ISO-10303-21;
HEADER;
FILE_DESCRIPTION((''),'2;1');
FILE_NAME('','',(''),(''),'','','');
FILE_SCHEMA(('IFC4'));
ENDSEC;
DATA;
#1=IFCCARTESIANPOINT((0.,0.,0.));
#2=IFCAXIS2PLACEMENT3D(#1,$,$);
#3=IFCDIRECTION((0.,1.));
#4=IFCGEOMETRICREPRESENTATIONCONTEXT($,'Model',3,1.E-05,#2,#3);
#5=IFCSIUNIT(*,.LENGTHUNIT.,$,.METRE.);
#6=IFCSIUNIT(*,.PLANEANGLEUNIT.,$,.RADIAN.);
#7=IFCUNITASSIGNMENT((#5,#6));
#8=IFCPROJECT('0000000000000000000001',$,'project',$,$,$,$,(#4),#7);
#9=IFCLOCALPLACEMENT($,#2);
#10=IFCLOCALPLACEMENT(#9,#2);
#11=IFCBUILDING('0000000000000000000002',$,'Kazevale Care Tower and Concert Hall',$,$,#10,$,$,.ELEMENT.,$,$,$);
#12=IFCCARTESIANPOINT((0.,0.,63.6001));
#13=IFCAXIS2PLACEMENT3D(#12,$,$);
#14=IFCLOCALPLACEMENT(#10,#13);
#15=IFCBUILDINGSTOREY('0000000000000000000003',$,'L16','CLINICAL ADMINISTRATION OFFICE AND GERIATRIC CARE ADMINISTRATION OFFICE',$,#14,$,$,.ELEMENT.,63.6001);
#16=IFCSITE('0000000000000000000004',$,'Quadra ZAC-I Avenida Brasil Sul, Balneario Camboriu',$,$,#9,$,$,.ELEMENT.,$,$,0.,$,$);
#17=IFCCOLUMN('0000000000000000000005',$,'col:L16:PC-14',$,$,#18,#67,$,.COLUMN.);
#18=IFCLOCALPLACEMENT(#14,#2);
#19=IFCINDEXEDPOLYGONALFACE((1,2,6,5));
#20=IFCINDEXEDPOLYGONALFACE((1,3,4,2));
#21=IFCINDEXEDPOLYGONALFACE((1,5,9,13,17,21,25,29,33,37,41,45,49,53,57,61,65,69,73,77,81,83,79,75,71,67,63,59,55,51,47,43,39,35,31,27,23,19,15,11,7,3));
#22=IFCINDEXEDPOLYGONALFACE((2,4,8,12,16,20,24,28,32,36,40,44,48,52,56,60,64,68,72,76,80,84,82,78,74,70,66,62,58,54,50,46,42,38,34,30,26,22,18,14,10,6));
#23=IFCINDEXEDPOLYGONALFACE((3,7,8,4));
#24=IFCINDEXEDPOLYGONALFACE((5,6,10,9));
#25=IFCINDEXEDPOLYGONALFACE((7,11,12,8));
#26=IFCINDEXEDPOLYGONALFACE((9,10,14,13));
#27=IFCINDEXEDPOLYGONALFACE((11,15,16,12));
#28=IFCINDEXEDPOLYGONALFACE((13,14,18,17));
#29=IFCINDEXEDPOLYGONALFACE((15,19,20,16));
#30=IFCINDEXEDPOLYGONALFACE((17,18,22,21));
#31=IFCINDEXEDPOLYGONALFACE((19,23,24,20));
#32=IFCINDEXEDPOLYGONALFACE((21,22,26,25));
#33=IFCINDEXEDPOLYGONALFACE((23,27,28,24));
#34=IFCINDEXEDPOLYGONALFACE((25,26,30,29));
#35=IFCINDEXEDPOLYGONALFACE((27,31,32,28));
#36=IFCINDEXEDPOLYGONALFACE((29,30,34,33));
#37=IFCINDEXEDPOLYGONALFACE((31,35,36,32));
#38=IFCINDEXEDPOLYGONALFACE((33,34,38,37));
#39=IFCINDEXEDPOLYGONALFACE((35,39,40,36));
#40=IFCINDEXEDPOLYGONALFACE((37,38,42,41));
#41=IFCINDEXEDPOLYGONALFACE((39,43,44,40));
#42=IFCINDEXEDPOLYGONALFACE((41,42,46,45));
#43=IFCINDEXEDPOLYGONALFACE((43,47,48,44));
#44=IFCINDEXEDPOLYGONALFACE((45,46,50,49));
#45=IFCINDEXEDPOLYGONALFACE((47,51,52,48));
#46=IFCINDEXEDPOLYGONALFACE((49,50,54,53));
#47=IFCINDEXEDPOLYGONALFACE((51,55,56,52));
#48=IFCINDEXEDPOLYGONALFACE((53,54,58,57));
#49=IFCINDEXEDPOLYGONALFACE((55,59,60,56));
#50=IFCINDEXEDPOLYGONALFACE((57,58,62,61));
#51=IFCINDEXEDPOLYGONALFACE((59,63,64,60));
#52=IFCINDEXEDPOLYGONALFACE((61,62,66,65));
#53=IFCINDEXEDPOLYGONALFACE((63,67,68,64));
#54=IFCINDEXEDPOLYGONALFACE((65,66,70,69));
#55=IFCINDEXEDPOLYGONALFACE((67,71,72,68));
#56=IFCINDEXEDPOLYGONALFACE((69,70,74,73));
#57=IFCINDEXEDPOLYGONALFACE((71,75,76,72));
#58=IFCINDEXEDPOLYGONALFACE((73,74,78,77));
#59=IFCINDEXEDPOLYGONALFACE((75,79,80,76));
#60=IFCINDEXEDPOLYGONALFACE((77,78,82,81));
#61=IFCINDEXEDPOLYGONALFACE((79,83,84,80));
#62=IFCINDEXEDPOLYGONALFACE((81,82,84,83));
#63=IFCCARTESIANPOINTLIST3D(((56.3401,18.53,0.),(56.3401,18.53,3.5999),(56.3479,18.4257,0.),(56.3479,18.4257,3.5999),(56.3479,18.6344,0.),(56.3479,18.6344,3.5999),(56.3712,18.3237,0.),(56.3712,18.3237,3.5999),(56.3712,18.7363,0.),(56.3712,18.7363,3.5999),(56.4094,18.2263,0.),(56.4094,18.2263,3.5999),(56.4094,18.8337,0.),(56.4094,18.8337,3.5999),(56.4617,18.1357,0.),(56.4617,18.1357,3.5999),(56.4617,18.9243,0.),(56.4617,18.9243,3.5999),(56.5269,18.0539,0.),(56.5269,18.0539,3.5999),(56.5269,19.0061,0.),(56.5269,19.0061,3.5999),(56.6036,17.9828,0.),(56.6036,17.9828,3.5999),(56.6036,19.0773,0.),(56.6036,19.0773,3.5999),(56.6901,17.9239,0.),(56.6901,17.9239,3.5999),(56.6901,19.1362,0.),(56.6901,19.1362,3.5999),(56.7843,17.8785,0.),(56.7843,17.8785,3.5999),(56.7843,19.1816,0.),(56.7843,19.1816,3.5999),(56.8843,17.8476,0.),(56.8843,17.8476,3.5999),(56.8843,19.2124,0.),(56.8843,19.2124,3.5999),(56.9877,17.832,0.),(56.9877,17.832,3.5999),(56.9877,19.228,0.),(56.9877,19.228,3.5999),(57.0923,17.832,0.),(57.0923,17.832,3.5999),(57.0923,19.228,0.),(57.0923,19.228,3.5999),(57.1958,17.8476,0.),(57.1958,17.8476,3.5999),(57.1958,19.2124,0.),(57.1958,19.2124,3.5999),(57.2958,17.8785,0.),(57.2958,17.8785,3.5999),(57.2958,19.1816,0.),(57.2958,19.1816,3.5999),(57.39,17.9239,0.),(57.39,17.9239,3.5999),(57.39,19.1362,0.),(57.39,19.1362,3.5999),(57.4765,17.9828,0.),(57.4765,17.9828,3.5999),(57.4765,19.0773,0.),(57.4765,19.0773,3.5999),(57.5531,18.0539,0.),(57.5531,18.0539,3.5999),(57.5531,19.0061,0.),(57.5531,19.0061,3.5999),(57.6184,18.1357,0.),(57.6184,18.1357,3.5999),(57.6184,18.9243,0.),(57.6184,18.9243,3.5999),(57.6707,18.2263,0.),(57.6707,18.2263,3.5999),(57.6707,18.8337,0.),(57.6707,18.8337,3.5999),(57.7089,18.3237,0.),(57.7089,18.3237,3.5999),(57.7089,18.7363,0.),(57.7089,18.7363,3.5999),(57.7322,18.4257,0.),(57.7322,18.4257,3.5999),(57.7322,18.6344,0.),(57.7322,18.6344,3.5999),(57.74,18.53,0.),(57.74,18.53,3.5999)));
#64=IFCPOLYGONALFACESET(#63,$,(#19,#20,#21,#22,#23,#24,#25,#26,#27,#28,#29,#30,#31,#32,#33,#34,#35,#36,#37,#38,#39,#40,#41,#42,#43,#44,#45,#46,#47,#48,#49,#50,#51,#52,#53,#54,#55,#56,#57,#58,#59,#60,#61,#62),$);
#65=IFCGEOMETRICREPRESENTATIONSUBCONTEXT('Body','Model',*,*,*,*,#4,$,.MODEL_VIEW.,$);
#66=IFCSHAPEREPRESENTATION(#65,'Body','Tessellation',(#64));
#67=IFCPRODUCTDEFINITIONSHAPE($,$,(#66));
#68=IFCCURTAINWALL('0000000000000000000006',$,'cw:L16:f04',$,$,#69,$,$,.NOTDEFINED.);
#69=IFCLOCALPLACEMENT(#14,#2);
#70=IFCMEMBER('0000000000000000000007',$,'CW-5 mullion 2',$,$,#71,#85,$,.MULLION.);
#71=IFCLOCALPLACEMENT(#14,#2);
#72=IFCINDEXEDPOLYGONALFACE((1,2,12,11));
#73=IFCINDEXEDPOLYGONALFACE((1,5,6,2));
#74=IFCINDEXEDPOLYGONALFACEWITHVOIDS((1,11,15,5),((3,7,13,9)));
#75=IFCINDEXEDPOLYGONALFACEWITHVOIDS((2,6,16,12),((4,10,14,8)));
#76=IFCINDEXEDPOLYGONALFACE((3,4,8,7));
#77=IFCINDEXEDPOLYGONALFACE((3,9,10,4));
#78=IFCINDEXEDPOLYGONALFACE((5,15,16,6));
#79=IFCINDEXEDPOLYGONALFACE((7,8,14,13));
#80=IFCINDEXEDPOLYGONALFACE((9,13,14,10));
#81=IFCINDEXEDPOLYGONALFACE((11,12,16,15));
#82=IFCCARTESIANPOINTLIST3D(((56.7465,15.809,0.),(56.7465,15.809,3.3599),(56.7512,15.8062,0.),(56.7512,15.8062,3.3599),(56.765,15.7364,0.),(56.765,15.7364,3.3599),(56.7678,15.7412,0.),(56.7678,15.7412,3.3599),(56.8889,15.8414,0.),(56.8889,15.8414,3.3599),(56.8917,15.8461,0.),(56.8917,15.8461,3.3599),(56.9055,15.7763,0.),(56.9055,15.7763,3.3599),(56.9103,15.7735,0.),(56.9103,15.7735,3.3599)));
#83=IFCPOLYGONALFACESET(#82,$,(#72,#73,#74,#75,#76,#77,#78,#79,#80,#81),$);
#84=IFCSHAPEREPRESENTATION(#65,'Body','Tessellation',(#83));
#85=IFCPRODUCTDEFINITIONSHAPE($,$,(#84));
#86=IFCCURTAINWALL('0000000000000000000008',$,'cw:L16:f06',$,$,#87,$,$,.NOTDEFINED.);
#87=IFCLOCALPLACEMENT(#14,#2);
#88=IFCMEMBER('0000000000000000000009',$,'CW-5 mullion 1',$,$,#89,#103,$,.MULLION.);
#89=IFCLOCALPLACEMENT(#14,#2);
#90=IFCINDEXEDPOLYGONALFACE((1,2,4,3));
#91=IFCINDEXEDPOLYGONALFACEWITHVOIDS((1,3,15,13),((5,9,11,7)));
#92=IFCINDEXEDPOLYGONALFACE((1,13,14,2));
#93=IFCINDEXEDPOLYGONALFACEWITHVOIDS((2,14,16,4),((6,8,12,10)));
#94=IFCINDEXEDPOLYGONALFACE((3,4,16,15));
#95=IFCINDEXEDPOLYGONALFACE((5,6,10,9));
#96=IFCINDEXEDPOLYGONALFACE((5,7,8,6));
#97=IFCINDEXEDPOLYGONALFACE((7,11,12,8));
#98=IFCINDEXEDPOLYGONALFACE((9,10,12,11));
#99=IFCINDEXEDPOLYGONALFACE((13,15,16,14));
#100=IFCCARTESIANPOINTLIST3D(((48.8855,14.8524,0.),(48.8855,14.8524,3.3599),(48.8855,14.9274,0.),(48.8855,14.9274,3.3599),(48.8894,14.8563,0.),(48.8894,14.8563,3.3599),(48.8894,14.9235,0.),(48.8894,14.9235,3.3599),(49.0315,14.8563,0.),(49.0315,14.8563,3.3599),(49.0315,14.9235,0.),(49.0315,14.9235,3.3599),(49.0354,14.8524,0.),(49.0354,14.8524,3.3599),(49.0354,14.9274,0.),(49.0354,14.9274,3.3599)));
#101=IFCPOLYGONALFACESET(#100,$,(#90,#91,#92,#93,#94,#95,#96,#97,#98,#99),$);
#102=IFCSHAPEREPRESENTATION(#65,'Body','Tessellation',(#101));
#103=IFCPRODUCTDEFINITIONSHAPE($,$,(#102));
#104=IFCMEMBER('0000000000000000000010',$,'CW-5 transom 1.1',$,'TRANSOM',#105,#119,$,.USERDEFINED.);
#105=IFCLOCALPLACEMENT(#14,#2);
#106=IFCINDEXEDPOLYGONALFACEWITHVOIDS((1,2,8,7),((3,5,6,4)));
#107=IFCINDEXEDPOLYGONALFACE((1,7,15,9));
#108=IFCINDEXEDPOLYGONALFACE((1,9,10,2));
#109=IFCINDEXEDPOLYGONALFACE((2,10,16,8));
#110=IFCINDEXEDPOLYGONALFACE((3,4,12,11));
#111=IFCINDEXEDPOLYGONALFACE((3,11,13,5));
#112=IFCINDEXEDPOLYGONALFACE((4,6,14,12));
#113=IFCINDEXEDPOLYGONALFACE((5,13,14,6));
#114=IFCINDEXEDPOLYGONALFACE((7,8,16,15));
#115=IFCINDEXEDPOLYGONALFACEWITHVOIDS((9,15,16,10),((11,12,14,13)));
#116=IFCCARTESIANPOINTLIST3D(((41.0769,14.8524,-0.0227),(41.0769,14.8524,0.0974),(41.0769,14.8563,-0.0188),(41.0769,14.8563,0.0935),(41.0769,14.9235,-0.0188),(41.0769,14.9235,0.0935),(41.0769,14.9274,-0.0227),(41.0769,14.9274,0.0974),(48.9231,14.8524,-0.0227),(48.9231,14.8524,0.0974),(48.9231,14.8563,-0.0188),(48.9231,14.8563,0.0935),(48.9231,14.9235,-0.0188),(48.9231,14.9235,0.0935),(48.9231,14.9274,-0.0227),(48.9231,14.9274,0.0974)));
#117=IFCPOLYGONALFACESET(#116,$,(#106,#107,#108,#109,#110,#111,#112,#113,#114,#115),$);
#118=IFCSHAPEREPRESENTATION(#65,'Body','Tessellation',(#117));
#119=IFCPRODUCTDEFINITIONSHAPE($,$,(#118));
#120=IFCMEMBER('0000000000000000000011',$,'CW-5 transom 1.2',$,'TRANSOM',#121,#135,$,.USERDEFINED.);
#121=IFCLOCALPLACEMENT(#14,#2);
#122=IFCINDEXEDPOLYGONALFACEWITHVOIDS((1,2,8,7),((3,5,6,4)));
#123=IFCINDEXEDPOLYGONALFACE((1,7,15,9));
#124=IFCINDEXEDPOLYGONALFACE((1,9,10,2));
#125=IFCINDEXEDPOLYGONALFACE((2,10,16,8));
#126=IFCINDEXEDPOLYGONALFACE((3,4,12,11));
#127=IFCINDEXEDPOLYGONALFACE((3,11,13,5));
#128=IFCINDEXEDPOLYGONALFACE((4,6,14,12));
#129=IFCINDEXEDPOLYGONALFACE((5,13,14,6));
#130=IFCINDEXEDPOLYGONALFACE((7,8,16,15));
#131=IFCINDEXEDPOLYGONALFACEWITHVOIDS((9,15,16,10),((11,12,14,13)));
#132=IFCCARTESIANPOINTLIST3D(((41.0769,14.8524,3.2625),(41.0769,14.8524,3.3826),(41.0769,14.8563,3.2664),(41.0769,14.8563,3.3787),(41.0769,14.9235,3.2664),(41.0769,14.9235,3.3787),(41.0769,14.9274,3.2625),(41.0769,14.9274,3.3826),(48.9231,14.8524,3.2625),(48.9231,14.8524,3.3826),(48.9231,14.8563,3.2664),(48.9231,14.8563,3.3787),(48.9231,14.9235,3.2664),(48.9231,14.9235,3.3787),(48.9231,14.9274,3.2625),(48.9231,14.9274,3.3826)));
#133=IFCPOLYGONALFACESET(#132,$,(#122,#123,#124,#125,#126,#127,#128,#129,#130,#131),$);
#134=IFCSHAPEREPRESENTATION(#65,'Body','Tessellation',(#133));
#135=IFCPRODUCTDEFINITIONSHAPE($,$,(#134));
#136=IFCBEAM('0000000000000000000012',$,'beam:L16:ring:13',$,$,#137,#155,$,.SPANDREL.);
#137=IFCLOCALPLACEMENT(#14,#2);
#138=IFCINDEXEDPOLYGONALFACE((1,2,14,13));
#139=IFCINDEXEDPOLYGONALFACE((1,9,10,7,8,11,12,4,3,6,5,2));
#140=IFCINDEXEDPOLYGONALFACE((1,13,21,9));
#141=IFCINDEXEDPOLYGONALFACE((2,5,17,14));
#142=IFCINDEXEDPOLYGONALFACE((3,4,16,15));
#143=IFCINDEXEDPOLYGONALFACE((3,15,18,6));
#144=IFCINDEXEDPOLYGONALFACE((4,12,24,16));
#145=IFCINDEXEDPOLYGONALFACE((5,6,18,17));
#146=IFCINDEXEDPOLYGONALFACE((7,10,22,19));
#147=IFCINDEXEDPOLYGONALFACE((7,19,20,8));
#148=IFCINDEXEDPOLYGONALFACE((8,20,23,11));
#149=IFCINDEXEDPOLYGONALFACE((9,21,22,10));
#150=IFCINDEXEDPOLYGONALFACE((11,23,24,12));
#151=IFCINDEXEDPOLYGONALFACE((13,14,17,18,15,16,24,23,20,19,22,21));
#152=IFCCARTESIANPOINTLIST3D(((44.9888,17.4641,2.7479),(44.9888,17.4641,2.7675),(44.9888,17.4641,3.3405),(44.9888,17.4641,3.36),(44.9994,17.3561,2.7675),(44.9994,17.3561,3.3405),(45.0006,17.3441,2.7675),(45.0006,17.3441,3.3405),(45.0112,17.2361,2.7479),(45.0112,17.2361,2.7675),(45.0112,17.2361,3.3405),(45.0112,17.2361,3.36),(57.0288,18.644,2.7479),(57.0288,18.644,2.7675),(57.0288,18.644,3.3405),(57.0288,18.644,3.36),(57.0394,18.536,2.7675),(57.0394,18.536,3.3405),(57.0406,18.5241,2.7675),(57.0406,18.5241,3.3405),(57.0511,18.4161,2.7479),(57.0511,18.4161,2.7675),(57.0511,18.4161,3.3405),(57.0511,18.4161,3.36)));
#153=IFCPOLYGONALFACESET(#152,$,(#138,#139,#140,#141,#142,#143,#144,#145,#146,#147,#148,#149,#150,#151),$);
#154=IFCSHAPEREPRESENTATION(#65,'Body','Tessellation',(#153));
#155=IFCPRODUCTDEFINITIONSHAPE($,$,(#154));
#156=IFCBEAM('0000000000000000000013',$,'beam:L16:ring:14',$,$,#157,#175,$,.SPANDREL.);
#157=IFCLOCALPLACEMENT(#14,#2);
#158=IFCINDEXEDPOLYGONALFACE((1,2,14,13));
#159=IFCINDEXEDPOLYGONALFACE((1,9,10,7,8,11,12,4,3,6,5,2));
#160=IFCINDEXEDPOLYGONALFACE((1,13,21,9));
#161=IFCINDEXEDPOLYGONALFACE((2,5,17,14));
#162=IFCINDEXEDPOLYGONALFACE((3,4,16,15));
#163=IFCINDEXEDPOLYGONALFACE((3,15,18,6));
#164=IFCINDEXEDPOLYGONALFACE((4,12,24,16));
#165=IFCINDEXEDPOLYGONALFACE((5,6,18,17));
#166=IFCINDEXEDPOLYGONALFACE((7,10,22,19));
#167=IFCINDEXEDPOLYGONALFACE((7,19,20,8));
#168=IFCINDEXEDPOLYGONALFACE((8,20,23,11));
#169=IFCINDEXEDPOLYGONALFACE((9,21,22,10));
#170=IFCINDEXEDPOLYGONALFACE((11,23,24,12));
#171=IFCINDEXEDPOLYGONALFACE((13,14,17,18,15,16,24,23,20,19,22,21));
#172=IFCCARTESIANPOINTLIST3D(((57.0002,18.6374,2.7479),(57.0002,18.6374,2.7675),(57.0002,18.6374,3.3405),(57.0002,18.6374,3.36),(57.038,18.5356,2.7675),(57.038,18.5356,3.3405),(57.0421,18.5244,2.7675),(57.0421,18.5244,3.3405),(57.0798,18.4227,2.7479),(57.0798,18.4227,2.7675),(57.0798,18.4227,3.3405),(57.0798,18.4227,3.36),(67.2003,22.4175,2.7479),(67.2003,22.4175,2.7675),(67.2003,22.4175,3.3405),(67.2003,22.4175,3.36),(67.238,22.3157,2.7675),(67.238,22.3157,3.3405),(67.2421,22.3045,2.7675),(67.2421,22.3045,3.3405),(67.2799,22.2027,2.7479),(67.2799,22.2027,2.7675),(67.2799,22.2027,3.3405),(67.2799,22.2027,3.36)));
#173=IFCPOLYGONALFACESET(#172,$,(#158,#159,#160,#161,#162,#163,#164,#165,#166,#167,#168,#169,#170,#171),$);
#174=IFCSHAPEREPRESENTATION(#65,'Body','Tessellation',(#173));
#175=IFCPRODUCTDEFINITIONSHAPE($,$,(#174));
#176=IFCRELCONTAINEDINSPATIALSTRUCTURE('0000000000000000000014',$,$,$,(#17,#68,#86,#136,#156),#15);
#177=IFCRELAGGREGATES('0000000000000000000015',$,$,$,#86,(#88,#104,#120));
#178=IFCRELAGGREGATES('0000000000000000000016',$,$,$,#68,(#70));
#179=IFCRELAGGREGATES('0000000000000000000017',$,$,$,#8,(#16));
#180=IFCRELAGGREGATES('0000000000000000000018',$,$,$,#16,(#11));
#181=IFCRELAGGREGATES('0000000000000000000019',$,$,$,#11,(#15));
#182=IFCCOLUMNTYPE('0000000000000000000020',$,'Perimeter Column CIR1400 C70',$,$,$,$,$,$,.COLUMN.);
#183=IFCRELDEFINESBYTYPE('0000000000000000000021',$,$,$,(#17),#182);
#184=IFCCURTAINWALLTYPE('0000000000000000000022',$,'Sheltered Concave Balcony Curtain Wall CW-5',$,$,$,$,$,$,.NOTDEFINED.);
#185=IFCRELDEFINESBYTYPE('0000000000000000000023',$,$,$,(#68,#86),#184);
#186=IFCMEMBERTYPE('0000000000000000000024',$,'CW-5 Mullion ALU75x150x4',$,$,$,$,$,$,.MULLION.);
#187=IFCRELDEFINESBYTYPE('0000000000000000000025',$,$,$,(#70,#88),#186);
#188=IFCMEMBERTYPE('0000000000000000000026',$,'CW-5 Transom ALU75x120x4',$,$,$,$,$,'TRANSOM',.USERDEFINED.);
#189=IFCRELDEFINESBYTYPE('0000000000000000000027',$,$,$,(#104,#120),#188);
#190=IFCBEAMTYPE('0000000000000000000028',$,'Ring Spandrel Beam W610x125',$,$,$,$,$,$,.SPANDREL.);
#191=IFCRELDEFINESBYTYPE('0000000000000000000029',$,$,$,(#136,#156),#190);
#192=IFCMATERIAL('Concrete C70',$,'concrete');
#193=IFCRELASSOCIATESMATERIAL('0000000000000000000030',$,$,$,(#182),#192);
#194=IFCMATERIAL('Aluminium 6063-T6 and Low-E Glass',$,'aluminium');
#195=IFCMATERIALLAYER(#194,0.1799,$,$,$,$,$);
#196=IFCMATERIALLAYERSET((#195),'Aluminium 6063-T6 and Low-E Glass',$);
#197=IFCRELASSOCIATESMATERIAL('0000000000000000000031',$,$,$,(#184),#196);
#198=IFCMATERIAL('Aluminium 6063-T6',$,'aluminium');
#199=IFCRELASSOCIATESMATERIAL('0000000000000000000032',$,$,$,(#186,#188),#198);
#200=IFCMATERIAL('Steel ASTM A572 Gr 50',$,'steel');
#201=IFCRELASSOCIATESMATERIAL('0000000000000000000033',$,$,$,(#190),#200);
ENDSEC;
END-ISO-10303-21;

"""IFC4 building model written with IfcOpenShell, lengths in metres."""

from ifc_helpers import new_model, si_unit, direction, frame, origin, origin_2d, place, context, subcontext, project, spatial, hollow_rectangle, circle, i_section, extrude, material, layer, layer_set, material_profile, profile_set, type_object, element, aggregate, save


model = new_model("IFC4")

# Units and contexts
model_context = context("Model", 3, precision=1e-05, world=origin(), true_north=direction((0.0, 1.0)))
body_context = subcontext(model_context, "Body", "Model", "MODEL_VIEW")
ifc_project = project(units=[si_unit("LENGTHUNIT", "METRE"), si_unit("PLANEANGLEUNIT", "RADIAN")], contexts=[model_context])

# Site, building, storey
site_placement = place(None, origin())
site = spatial("IfcSite", under=ifc_project, at=site_placement, Name="Quadra ZAC-I Avenida Brasil Sul, Balneario Camboriu", CompositionType="ELEMENT", RefElevation=0.0)
building_placement = place(site_placement, origin())
building = spatial("IfcBuilding", under=site, at=building_placement, Name="Kazevale Care Tower and Concert Hall", CompositionType="ELEMENT")
storey_placement = place(building_placement, frame((0.0, 0.0, 63.6001)))
storey = spatial("IfcBuildingStorey", under=building, at=storey_placement, Name="L16", Description="CLINICAL ADMINISTRATION OFFICE AND GERIATRIC CARE ADMINISTRATION OFFICE", CompositionType="ELEMENT", Elevation=63.6001)

# Column
ifc_material_1 = material(Name="Concrete C70", Category="concrete")
ifc_material_profile_1 = material_profile(ifc_material_1, circle(Radius=0.7, at=origin_2d()), Name="RC-CIR1400")
ifc_profile_set_1 = profile_set([ifc_material_profile_1], Name="Concrete C70")
column_type = type_object("IfcColumnType", Name="Perimeter Column CIR1400 C70", PredefinedType="COLUMN", material=ifc_profile_set_1)
column_placement = place(storey_placement, frame((57.04, 18.53, 0.0), z_axis=(0.0, 0.0, 1.0), x_axis=(1.0, 0.0, 0.0)))
element("IfcColumn", 1, at=column_placement, inside=storey, type_object=column_type, Name="col:L16:PC-14", PredefinedType="COLUMN", context=body_context, shape_type="SweptSolid", body=[
    extrude(circle(Radius=0.7, at=origin_2d()), origin(), (0.0, 0.0, 1.0), 3.5999),
])

# Curtain wall, member
ifc_material_2 = material(Name="Aluminium 6063-T6 and Low-E Glass", Category="aluminium")
ifc_layer_1 = layer(ifc_material_2, 0.1799)
ifc_layer_set_1 = layer_set([ifc_layer_1], Name="Aluminium 6063-T6 and Low-E Glass")
curtain_wall_type = type_object("IfcCurtainWallType", Name="Sheltered Concave Balcony Curtain Wall CW-5", PredefinedType="NOTDEFINED", material=ifc_layer_set_1)
curtain_wall_1_placement = place(storey_placement, origin())
curtain_wall_1 = element("IfcCurtainWall", 2, at=curtain_wall_1_placement, inside=storey, type_object=curtain_wall_type, Name="cw:L16:f04", PredefinedType="NOTDEFINED")
ifc_material_3 = material(Name="Aluminium 6063-T6", Category="aluminium")
ifc_material_profile_2 = material_profile(ifc_material_3, hollow_rectangle(XDim=0.075, YDim=0.1499, WallThickness=0.0039, at=origin_2d()), Name="ALU75x150x4")
ifc_profile_set_2 = profile_set([ifc_material_profile_2], Name="Aluminium 6063-T6")
member_type_1 = type_object("IfcMemberType", Name="CW-5 Mullion ALU75x150x4", PredefinedType="MULLION", material=ifc_profile_set_2)
member_1_placement = place(storey_placement, frame((56.8284, 15.7913, 0.0), z_axis=(0.0, 0.0, 1.0), x_axis=(0.247222, -0.968959, 0.0)))
member_1 = element("IfcMember", 3, at=member_1_placement, type_object=member_type_1, Name="CW-5 mullion 2", PredefinedType="MULLION", context=body_context, shape_type="SweptSolid", body=[
    extrude(hollow_rectangle(XDim=0.075, YDim=0.1499, WallThickness=0.0039, at=origin_2d()), origin(), (0.0, 0.0, 1.0), 3.3599),
])

# Curtain wall, members
curtain_wall_2_placement = place(storey_placement, origin())
curtain_wall_2 = element("IfcCurtainWall", 4, at=curtain_wall_2_placement, inside=storey, type_object=curtain_wall_type, Name="cw:L16:f06", PredefinedType="NOTDEFINED")
member_2_placement = place(storey_placement, frame((48.9604, 14.8899, 0.0), z_axis=(0.0, 0.0, 1.0), x_axis=(0.0, -1.0, 0.0)))
member_2 = element("IfcMember", 5, at=member_2_placement, type_object=member_type_1, Name="CW-5 mullion 1", PredefinedType="MULLION", context=body_context, shape_type="SweptSolid", body=[
    extrude(hollow_rectangle(XDim=0.075, YDim=0.1499, WallThickness=0.0039, at=origin_2d()), origin(), (0.0, 0.0, 1.0), 3.3599),
])
ifc_material_profile_3 = material_profile(ifc_material_3, hollow_rectangle(XDim=0.075, YDim=0.1201, WallThickness=0.0039, at=origin_2d()), Name="ALU75x120x4")
ifc_profile_set_3 = profile_set([ifc_material_profile_3], Name="Aluminium 6063-T6")
member_type_2 = type_object("IfcMemberType", Name="CW-5 Transom ALU75x120x4", ElementType="TRANSOM", PredefinedType="USERDEFINED", material=ifc_profile_set_3)
member_3_placement = place(storey_placement, frame((48.9231, 14.8899, 0.0374), z_axis=(-1.0, 0.0, 0.0), x_axis=(0.0, -1.0, 0.0)))
member_3 = element("IfcMember", 6, at=member_3_placement, type_object=member_type_2, Name="CW-5 transom 1.1", ObjectType="TRANSOM", PredefinedType="USERDEFINED", context=body_context, shape_type="SweptSolid", body=[
    extrude(hollow_rectangle(XDim=0.075, YDim=0.1201, WallThickness=0.0039, at=origin_2d()), origin(), (0.0, 0.0, 1.0), 7.8462),
])
member_4_placement = place(storey_placement, frame((48.9231, 14.8899, 3.3225), z_axis=(-1.0, 0.0, 0.0), x_axis=(0.0, -1.0, 0.0)))
member_4 = element("IfcMember", 7, at=member_4_placement, type_object=member_type_2, Name="CW-5 transom 1.2", ObjectType="TRANSOM", PredefinedType="USERDEFINED", context=body_context, shape_type="SweptSolid", body=[
    extrude(hollow_rectangle(XDim=0.075, YDim=0.1201, WallThickness=0.0039, at=origin_2d()), origin(), (0.0, 0.0, 1.0), 7.8462),
])
aggregate(curtain_wall_2, [member_2, member_3, member_4])

# Beams
ifc_material_4 = material(Name="Steel ASTM A572 Gr 50", Category="steel")
ifc_material_profile_4 = material_profile(ifc_material_4, i_section(OverallWidth=0.229, OverallDepth=0.6121, WebThickness=0.012, FlangeThickness=0.0195, at=origin_2d()), Name="W610x125")
ifc_profile_set_4 = profile_set([ifc_material_profile_4], Name="Steel ASTM A572 Gr 50")
beam_type_1 = type_object("IfcBeamType", Name="Ring Spandrel Beam W610x125", PredefinedType="SPANDREL", material=ifc_profile_set_4)
beam_1_placement = place(storey_placement, frame((45.0, 17.3501, 3.054), z_axis=(0.995232, 0.097533, 0.0), x_axis=(-0.097533, 0.995232, 0.0)))
element("IfcBeam", 8, at=beam_1_placement, inside=storey, type_object=beam_type_1, Name="beam:L16:ring:13", PredefinedType="SPANDREL", context=body_context, shape_type="SweptSolid", body=[
    extrude(i_section(OverallWidth=0.229, OverallDepth=0.6121, WebThickness=0.012, FlangeThickness=0.0195, at=origin_2d()), origin(), (0.0, 0.0, 1.0), 12.0977),
])
beam_2_placement = place(storey_placement, frame((57.04, 18.53, 3.054), z_axis=(0.937681, 0.347498, 0.0), x_axis=(-0.347498, 0.937681, 0.0)))
element("IfcBeam", 9, at=beam_2_placement, inside=storey, type_object=beam_type_1, Name="beam:L16:ring:14", PredefinedType="SPANDREL", context=body_context, shape_type="SweptSolid", body=[
    extrude(i_section(OverallWidth=0.229, OverallDepth=0.6121, WebThickness=0.012, FlangeThickness=0.0195, at=origin_2d()), origin(), (0.0, 0.0, 1.0), 10.8779),
])

aggregate(curtain_wall_1, [member_1])

save(model, "model.ifc")
